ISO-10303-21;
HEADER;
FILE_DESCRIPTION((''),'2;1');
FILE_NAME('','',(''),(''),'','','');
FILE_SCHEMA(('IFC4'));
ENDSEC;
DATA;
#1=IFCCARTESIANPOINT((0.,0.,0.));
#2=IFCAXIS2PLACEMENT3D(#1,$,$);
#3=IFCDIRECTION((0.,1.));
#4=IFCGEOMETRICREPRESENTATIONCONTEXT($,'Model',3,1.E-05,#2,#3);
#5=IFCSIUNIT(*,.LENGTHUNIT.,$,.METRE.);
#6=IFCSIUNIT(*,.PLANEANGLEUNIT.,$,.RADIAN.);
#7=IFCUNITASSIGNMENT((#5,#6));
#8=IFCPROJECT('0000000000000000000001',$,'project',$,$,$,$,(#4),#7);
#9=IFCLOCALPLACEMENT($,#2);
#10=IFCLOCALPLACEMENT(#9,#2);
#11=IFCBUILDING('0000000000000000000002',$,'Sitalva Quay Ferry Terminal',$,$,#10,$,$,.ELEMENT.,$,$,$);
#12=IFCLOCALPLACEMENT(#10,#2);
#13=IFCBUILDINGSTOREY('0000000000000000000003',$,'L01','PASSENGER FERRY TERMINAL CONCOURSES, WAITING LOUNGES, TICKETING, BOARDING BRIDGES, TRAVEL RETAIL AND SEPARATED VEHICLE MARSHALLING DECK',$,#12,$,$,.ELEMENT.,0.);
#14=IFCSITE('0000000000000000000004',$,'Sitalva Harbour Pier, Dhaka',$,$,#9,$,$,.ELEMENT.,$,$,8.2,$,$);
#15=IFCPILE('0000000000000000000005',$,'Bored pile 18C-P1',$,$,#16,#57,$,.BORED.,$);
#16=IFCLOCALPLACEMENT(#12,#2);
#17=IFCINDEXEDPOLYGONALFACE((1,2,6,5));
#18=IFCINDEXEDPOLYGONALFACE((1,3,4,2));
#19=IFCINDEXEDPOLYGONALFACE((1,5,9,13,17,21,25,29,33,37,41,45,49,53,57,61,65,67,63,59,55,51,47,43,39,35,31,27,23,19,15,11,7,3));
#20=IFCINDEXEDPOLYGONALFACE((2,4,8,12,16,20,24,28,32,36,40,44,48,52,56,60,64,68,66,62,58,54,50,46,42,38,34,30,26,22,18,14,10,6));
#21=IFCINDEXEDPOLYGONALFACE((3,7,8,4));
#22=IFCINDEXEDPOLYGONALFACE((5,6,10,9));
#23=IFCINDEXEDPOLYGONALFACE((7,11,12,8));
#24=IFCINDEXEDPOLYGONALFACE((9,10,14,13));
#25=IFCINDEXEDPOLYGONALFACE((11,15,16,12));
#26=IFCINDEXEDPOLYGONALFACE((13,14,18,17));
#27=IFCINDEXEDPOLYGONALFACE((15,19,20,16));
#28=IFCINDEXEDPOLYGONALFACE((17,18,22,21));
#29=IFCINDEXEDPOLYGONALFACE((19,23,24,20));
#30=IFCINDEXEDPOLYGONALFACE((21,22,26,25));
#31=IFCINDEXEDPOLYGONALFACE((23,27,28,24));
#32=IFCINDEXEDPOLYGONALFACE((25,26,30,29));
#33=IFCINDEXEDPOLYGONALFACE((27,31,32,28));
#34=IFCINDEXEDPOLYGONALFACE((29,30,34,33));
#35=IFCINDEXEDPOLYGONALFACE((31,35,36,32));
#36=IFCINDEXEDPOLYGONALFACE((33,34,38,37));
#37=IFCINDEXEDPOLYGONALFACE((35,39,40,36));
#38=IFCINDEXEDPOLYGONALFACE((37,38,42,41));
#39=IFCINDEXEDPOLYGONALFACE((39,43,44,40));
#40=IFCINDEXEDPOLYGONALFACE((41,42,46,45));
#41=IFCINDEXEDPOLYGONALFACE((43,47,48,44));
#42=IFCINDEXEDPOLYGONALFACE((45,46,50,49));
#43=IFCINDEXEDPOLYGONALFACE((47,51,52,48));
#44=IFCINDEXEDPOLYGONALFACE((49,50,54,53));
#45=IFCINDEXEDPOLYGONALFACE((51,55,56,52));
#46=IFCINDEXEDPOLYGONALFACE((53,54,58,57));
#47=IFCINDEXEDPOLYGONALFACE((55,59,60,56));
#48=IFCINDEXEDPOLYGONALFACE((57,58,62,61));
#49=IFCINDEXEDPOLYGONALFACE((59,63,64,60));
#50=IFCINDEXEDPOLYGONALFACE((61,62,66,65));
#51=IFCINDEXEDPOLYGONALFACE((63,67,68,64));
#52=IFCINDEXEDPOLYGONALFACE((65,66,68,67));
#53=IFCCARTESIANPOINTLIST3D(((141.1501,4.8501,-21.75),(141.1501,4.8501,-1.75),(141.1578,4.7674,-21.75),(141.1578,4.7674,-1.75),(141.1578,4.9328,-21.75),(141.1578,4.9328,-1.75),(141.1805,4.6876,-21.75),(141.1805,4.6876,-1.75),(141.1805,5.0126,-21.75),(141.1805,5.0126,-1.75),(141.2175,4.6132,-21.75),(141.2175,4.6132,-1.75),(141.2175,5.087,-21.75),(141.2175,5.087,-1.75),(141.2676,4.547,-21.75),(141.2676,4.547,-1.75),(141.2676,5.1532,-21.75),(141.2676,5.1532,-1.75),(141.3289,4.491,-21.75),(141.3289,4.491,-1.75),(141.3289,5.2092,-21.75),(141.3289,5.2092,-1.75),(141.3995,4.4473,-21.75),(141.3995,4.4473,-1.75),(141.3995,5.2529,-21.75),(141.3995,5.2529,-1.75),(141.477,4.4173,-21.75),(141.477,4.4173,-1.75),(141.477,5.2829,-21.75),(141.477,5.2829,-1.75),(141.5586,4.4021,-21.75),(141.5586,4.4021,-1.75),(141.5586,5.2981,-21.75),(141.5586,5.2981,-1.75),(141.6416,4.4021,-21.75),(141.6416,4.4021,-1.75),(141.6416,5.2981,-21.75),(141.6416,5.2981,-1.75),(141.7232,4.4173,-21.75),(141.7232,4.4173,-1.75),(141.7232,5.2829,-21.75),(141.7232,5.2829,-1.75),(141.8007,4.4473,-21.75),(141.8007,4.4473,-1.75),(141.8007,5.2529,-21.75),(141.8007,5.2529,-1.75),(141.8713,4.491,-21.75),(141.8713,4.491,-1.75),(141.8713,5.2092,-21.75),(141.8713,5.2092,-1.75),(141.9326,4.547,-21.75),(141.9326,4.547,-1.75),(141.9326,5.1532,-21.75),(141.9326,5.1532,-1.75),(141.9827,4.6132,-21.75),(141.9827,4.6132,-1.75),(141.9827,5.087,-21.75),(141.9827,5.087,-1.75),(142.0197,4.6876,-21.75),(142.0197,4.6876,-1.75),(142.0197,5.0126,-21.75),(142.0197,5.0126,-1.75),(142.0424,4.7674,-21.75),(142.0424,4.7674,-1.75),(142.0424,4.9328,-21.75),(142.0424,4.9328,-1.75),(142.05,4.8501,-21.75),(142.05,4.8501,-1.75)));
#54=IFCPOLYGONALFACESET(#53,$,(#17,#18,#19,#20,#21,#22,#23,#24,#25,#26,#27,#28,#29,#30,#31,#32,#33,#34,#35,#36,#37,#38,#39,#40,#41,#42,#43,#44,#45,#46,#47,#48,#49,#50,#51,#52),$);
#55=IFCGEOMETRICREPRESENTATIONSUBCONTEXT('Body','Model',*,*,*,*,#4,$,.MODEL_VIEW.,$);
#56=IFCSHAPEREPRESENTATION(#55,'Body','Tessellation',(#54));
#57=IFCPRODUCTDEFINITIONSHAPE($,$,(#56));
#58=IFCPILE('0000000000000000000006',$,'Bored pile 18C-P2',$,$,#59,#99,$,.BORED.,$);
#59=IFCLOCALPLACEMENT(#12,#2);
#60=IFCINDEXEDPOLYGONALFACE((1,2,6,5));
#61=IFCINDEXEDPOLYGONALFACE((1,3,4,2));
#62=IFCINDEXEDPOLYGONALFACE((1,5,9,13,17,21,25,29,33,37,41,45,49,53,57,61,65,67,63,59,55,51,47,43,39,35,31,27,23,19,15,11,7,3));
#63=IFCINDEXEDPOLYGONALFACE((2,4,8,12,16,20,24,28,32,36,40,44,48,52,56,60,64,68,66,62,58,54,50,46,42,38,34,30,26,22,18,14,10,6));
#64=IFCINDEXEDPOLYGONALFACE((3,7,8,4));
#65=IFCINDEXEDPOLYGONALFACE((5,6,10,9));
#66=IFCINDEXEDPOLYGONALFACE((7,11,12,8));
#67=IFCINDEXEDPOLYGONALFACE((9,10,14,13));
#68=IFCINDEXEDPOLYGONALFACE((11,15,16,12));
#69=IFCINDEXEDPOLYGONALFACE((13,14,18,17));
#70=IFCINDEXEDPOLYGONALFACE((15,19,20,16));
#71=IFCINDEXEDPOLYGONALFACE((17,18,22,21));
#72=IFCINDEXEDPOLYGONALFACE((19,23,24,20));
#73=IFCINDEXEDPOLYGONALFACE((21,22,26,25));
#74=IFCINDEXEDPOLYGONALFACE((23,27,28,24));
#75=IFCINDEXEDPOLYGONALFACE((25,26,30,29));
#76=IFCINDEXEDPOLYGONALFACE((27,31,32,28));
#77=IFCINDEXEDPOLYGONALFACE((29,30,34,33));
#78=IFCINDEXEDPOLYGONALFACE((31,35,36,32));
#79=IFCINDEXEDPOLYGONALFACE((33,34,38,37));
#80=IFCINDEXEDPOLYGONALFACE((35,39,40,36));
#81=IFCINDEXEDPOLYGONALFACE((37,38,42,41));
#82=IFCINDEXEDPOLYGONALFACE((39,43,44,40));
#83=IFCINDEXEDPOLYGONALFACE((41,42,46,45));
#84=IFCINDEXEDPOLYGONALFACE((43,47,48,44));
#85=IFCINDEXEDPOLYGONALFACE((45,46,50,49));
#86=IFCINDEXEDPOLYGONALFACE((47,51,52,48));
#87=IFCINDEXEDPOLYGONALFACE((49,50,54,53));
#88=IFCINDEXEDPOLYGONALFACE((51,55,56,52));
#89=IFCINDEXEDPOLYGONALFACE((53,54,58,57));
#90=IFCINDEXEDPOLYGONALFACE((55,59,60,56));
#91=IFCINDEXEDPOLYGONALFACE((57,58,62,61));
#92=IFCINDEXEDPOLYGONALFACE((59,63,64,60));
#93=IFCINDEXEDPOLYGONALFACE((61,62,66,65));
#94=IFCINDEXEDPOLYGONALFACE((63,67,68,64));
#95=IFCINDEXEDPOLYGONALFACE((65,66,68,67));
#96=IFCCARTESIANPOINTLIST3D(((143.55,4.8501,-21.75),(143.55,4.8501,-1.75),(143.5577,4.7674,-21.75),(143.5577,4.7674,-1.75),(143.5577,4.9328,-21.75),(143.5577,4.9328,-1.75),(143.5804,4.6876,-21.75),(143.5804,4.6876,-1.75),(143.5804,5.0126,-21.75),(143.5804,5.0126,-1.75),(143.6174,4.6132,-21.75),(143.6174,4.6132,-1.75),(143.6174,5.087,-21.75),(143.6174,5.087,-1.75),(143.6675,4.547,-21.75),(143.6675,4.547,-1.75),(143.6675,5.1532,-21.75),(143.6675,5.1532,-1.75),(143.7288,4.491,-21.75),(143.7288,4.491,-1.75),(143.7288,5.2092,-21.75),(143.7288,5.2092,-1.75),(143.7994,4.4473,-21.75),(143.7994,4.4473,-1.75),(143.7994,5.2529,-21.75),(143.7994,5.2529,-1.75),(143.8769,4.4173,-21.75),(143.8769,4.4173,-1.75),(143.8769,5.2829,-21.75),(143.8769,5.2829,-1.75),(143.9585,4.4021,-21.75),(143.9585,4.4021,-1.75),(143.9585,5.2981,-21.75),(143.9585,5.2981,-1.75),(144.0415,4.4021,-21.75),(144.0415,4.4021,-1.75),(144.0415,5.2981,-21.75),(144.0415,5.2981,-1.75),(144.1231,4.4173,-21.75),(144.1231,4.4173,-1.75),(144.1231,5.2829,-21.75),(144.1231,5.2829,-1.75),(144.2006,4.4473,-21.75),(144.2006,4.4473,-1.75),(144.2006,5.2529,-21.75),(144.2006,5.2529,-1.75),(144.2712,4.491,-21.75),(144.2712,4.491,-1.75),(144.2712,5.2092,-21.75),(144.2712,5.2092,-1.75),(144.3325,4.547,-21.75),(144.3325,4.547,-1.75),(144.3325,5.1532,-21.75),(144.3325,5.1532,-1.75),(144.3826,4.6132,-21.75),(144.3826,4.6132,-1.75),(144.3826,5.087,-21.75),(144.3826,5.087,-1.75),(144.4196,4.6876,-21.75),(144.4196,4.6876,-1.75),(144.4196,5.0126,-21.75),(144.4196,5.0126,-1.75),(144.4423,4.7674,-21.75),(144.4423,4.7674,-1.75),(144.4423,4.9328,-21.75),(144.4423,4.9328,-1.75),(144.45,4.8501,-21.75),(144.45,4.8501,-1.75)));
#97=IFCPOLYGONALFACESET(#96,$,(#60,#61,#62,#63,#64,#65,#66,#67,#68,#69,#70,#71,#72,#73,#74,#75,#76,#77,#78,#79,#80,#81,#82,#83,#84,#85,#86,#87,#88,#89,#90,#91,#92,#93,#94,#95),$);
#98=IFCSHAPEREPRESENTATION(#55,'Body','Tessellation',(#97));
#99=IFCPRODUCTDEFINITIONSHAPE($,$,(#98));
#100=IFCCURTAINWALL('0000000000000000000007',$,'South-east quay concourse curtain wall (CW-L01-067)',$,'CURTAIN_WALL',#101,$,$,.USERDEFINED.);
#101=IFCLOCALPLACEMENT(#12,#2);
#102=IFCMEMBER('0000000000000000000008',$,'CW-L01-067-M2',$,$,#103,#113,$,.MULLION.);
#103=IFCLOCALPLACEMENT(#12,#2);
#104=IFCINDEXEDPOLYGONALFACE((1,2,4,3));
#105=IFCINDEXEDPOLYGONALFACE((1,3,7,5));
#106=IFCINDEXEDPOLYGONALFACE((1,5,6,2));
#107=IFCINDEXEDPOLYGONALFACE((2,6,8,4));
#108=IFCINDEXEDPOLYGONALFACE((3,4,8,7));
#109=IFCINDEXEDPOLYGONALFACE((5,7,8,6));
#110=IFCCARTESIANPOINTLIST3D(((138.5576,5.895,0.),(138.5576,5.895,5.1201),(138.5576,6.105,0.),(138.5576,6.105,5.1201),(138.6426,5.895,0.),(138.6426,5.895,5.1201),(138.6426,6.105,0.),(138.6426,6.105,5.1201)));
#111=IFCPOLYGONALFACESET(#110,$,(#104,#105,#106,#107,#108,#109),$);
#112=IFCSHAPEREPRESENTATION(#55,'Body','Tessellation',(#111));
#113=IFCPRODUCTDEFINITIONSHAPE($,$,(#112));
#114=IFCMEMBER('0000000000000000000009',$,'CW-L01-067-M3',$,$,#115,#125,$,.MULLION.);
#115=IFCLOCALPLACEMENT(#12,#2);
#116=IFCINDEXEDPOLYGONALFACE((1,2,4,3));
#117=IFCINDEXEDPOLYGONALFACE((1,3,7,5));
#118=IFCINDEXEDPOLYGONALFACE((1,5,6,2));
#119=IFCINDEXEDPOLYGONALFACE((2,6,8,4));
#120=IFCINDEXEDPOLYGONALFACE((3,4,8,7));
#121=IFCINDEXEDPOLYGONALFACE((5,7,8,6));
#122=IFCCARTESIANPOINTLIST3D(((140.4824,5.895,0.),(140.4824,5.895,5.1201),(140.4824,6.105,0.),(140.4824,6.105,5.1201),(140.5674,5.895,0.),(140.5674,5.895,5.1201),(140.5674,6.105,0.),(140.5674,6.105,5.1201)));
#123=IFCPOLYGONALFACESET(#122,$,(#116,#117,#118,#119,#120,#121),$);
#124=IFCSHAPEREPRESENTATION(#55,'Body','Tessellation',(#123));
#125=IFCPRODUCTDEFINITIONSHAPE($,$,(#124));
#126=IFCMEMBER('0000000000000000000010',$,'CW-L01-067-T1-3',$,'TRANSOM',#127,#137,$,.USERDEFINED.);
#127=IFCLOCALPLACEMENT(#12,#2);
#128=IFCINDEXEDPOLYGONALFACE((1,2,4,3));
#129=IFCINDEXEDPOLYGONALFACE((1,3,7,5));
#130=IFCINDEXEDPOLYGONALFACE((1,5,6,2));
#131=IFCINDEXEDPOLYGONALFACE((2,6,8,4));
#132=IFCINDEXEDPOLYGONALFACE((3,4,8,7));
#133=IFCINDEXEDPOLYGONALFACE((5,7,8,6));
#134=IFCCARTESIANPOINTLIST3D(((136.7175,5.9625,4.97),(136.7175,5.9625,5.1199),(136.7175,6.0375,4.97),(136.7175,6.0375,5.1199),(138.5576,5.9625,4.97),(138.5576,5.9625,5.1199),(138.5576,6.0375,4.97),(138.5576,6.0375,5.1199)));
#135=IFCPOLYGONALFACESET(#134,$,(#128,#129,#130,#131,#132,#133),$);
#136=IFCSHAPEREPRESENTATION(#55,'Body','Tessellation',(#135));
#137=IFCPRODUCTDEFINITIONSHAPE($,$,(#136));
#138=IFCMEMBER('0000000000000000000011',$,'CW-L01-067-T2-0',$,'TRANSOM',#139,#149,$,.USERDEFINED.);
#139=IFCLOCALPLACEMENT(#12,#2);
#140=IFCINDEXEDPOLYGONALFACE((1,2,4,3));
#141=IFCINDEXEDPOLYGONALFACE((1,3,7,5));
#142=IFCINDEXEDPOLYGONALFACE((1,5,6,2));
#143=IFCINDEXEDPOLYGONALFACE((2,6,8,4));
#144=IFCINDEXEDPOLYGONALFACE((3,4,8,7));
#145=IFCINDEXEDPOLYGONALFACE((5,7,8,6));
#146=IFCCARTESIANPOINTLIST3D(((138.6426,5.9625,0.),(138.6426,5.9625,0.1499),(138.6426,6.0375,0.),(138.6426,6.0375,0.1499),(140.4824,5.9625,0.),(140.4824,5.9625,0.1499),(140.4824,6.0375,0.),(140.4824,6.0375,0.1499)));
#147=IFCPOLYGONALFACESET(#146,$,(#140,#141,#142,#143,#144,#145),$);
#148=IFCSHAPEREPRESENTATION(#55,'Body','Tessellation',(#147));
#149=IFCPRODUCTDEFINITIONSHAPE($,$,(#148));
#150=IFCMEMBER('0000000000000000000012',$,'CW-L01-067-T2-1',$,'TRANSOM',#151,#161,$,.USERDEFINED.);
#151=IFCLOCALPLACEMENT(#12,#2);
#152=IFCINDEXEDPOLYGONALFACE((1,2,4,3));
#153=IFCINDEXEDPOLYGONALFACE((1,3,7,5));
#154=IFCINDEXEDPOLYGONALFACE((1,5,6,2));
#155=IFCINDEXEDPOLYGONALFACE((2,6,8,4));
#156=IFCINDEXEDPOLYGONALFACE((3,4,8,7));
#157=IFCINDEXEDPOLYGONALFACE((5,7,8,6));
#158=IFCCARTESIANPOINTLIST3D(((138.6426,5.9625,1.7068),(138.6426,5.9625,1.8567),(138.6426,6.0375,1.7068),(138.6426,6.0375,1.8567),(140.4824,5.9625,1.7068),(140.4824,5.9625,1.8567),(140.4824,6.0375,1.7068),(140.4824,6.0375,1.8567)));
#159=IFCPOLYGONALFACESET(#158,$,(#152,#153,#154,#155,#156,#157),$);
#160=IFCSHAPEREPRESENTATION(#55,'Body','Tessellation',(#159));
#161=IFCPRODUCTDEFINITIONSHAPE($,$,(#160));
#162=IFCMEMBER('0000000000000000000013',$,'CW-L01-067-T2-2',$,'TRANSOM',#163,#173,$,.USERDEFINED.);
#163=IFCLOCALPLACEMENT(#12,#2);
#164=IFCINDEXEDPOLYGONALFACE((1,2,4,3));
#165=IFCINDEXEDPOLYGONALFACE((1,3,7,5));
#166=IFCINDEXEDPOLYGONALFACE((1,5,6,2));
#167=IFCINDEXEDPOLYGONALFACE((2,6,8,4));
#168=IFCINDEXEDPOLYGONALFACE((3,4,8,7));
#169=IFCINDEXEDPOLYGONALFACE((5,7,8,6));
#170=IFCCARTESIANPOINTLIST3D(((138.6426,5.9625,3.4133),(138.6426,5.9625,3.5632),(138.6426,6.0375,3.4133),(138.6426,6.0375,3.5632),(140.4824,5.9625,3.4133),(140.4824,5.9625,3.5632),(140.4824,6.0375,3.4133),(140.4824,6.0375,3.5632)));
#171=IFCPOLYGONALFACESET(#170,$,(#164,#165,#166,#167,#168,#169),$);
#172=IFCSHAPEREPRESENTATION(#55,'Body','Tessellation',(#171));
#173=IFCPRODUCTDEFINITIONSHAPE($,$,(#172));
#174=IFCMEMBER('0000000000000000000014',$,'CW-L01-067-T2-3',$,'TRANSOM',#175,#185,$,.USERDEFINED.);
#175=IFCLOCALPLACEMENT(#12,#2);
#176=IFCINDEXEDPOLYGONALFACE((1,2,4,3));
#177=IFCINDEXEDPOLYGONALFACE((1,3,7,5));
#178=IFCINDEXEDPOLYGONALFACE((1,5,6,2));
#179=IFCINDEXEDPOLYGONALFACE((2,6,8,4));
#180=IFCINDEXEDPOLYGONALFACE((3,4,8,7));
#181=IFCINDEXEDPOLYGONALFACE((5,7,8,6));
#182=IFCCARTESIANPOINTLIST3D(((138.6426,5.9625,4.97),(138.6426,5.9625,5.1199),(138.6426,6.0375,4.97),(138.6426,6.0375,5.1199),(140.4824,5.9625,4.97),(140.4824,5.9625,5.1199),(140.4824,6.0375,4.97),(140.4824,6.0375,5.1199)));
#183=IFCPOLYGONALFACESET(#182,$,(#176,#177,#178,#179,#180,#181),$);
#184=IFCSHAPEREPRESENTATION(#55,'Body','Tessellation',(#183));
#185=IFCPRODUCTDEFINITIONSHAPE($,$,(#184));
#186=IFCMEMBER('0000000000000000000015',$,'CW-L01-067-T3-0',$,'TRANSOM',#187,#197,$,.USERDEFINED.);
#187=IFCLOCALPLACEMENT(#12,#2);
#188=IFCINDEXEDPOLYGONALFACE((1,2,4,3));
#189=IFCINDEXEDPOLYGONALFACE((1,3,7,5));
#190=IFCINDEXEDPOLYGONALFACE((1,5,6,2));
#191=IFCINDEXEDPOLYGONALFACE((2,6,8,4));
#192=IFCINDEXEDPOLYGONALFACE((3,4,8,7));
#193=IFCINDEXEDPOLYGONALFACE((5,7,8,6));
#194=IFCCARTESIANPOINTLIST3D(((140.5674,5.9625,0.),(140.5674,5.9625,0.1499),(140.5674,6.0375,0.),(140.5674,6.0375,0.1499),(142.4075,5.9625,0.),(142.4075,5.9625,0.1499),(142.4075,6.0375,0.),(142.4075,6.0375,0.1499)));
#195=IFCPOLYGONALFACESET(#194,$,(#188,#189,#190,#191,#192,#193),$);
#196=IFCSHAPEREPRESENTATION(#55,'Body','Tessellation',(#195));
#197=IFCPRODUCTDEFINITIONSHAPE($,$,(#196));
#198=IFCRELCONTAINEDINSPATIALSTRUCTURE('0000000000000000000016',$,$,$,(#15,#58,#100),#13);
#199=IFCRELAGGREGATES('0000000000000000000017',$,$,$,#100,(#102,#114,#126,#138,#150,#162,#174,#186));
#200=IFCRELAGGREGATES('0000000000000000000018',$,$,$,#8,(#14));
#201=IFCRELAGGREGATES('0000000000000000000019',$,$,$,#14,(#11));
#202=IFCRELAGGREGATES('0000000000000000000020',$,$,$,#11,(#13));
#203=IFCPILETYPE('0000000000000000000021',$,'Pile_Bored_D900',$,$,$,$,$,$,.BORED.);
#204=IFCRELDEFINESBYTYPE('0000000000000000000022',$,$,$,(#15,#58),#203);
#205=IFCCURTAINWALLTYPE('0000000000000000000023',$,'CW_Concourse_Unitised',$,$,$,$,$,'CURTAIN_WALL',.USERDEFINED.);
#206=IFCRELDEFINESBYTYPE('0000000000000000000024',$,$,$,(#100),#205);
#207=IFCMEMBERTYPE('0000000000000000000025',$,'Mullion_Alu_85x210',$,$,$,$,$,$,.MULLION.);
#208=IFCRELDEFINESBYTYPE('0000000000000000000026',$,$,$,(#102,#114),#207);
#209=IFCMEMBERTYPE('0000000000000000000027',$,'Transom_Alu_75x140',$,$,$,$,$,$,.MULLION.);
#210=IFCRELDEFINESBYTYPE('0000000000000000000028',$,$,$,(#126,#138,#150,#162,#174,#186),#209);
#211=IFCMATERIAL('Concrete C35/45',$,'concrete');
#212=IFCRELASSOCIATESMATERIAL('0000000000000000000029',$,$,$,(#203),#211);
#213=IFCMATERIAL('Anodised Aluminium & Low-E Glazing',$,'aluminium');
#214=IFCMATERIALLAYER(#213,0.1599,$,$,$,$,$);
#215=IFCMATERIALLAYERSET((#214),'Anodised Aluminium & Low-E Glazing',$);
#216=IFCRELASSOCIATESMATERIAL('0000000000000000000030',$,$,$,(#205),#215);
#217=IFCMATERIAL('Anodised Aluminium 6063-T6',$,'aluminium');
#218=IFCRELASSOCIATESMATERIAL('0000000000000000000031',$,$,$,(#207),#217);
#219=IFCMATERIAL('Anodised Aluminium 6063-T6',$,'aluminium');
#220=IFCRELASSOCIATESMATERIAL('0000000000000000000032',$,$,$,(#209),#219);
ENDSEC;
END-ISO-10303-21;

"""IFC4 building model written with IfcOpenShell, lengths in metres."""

from ifc_helpers import new_model, si_unit, direction, frame, origin, origin_2d, place, context, subcontext, project, spatial, rectangle, circle, extrude, material, layer, layer_set, material_profile, profile_set, type_object, element, aggregate, save


model = new_model("IFC4")

# Units and contexts
model_context = context("Model", 3, precision=1e-05, world=origin(), true_north=direction((0.0, 1.0)))
body_context = subcontext(model_context, "Body", "Model", "MODEL_VIEW")
ifc_project = project(units=[si_unit("LENGTHUNIT", "METRE"), si_unit("PLANEANGLEUNIT", "RADIAN")], contexts=[model_context])

# Site, building, storey
site_placement = place(None, origin())
site = spatial("IfcSite", under=ifc_project, at=site_placement, Name="Sitalva Harbour Pier, Dhaka", CompositionType="ELEMENT", RefElevation=8.2)
building_placement = place(site_placement, origin())
building = spatial("IfcBuilding", under=site, at=building_placement, Name="Sitalva Quay Ferry Terminal", CompositionType="ELEMENT")
storey_placement = place(building_placement, origin())
storey = spatial("IfcBuildingStorey", under=building, at=storey_placement, Name="L01", Description="PASSENGER FERRY TERMINAL CONCOURSES, WAITING LOUNGES, TICKETING, BOARDING BRIDGES, TRAVEL RETAIL AND SEPARATED VEHICLE MARSHALLING DECK", CompositionType="ELEMENT", Elevation=0.0)

# Piles
ifc_material_1 = material(Name="Concrete C35/45", Category="concrete")
ifc_material_profile_1 = material_profile(ifc_material_1, circle(Radius=0.45, at=origin_2d()), Name="PILE-D900")
ifc_profile_set_1 = profile_set([ifc_material_profile_1], Name="Concrete C35/45")
pile_type = type_object("IfcPileType", Name="Pile_Bored_D900", PredefinedType="BORED", material=ifc_profile_set_1)
for number, where, z_axis, x_axis, name in (
    (1, (141.6001, 4.8501, -1.75), (0.0, 0.0, -1.0), (1.0, 0.0, 0.0), "Bored pile 18C-P1"),
    (2, (144.0, 4.8501, -1.75), (0.0, 0.0, -1.0), (1.0, 0.0, 0.0), "Bored pile 18C-P2"),
):
    element("IfcPile", number, at=place(storey_placement, frame(where, z_axis=z_axis, x_axis=x_axis)), inside=storey, type_object=pile_type, Name=name, PredefinedType="BORED", context=body_context, shape_type="SweptSolid", body=[
        extrude(circle(Radius=0.45, at=origin_2d()), origin(), (0.0, 0.0, 1.0), 20.0),
    ])

# Curtain wall, members
ifc_material_2 = material(Name="Anodised Aluminium & Low-E Glazing", Category="aluminium")
ifc_layer_1 = layer(ifc_material_2, 0.1599)
ifc_layer_set_1 = layer_set([ifc_layer_1], Name="Anodised Aluminium & Low-E Glazing")
curtain_wall_type = type_object("IfcCurtainWallType", Name="CW_Concourse_Unitised", ElementType="CURTAIN_WALL", PredefinedType="USERDEFINED", material=ifc_layer_set_1)
curtain_wall_placement = place(storey_placement, origin())
curtain_wall = element("IfcCurtainWall", 3, at=curtain_wall_placement, inside=storey, type_object=curtain_wall_type, Name="South-east quay concourse curtain wall (CW-L01-067)", ObjectType="CURTAIN_WALL", PredefinedType="USERDEFINED")
ifc_material_3 = material(Name="Anodised Aluminium 6063-T6", Category="aluminium")
ifc_material_profile_2 = material_profile(ifc_material_3, rectangle(XDim=0.085, YDim=0.21, at=origin_2d()), Name="ALU85x210")
ifc_profile_set_2 = profile_set([ifc_material_profile_2], Name="Anodised Aluminium 6063-T6")
member_type_1 = type_object("IfcMemberType", Name="Mullion_Alu_85x210", PredefinedType="MULLION", material=ifc_profile_set_2)
member_1_placement = place(storey_placement, frame((138.6001, 6.0, 0.0), z_axis=(0.0, 0.0, 1.0), x_axis=(1.0, 0.0, 0.0)))
member_1 = element("IfcMember", 4, at=member_1_placement, type_object=member_type_1, Name="CW-L01-067-M2", PredefinedType="MULLION", context=body_context, shape_type="SweptSolid", body=[
    extrude(rectangle(XDim=0.085, YDim=0.21, at=origin_2d()), origin(), (0.0, 0.0, 1.0), 5.1201),
])
member_2_placement = place(storey_placement, frame((140.5249, 6.0, 0.0), z_axis=(0.0, 0.0, 1.0), x_axis=(1.0, 0.0, 0.0)))
member_2 = element("IfcMember", 5, at=member_2_placement, type_object=member_type_1, Name="CW-L01-067-M3", PredefinedType="MULLION", context=body_context, shape_type="SweptSolid", body=[
    extrude(rectangle(XDim=0.085, YDim=0.21, at=origin_2d()), origin(), (0.0, 0.0, 1.0), 5.1201),
])
ifc_material_4 = material(Name="Anodised Aluminium 6063-T6", Category="aluminium")
ifc_material_profile_3 = material_profile(ifc_material_4, rectangle(XDim=0.075, YDim=0.1499, at=origin_2d()), Name="ALU75x150")
ifc_profile_set_3 = profile_set([ifc_material_profile_3], Name="Anodised Aluminium 6063-T6")
member_type_2 = type_object("IfcMemberType", Name="Transom_Alu_75x140", PredefinedType="MULLION", material=ifc_profile_set_3)
member_3_placement = place(storey_placement, frame((136.7175, 6.0, 5.0449), z_axis=(1.0, 0.0, 0.0), x_axis=(0.0, 1.0, 0.0)))
member_3 = element("IfcMember", 6, at=member_3_placement, type_object=member_type_2, Name="CW-L01-067-T1-3", ObjectType="TRANSOM", PredefinedType="USERDEFINED", context=body_context, shape_type="SweptSolid", body=[
    extrude(rectangle(XDim=0.075, YDim=0.1499, at=origin_2d()), origin(), (0.0, 0.0, 1.0), 1.8401),
])
member_4_placement = place(storey_placement, frame((138.6426, 6.0, 0.075), z_axis=(1.0, 0.0, 0.0), x_axis=(0.0, 1.0, 0.0)))
member_4 = element("IfcMember", 7, at=member_4_placement, type_object=member_type_2, Name="CW-L01-067-T2-0", ObjectType="TRANSOM", PredefinedType="USERDEFINED", context=body_context, shape_type="SweptSolid", body=[
    extrude(rectangle(XDim=0.075, YDim=0.1499, at=origin_2d()), origin(), (0.0, 0.0, 1.0), 1.8398),
])
member_5_placement = place(storey_placement, frame((138.6426, 6.0, 1.7817), z_axis=(1.0, 0.0, 0.0), x_axis=(0.0, 1.0, 0.0)))
member_5 = element("IfcMember", 8, at=member_5_placement, type_object=member_type_2, Name="CW-L01-067-T2-1", ObjectType="TRANSOM", PredefinedType="USERDEFINED", context=body_context, shape_type="SweptSolid", body=[
    extrude(rectangle(XDim=0.075, YDim=0.1499, at=origin_2d()), origin(), (0.0, 0.0, 1.0), 1.8398),
])
member_6_placement = place(storey_placement, frame((138.6426, 6.0, 3.4883), z_axis=(1.0, 0.0, 0.0), x_axis=(0.0, 1.0, 0.0)))
member_6 = element("IfcMember", 9, at=member_6_placement, type_object=member_type_2, Name="CW-L01-067-T2-2", ObjectType="TRANSOM", PredefinedType="USERDEFINED", context=body_context, shape_type="SweptSolid", body=[
    extrude(rectangle(XDim=0.075, YDim=0.1499, at=origin_2d()), origin(), (0.0, 0.0, 1.0), 1.8398),
])
member_7_placement = place(storey_placement, frame((138.6426, 6.0, 5.0449), z_axis=(1.0, 0.0, 0.0), x_axis=(0.0, 1.0, 0.0)))
member_7 = element("IfcMember", 10, at=member_7_placement, type_object=member_type_2, Name="CW-L01-067-T2-3", ObjectType="TRANSOM", PredefinedType="USERDEFINED", context=body_context, shape_type="SweptSolid", body=[
    extrude(rectangle(XDim=0.075, YDim=0.1499, at=origin_2d()), origin(), (0.0, 0.0, 1.0), 1.8398),
])
member_8_placement = place(storey_placement, frame((140.5674, 6.0, 0.075), z_axis=(1.0, 0.0, 0.0), x_axis=(0.0, 1.0, 0.0)))
member_8 = element("IfcMember", 11, at=member_8_placement, type_object=member_type_2, Name="CW-L01-067-T3-0", ObjectType="TRANSOM", PredefinedType="USERDEFINED", context=body_context, shape_type="SweptSolid", body=[
    extrude(rectangle(XDim=0.075, YDim=0.1499, at=origin_2d()), origin(), (0.0, 0.0, 1.0), 1.8401),
])
aggregate(curtain_wall, [member_1, member_2, member_3, member_4, member_5, member_6, member_7, member_8])

save(model, "model.ifc")
